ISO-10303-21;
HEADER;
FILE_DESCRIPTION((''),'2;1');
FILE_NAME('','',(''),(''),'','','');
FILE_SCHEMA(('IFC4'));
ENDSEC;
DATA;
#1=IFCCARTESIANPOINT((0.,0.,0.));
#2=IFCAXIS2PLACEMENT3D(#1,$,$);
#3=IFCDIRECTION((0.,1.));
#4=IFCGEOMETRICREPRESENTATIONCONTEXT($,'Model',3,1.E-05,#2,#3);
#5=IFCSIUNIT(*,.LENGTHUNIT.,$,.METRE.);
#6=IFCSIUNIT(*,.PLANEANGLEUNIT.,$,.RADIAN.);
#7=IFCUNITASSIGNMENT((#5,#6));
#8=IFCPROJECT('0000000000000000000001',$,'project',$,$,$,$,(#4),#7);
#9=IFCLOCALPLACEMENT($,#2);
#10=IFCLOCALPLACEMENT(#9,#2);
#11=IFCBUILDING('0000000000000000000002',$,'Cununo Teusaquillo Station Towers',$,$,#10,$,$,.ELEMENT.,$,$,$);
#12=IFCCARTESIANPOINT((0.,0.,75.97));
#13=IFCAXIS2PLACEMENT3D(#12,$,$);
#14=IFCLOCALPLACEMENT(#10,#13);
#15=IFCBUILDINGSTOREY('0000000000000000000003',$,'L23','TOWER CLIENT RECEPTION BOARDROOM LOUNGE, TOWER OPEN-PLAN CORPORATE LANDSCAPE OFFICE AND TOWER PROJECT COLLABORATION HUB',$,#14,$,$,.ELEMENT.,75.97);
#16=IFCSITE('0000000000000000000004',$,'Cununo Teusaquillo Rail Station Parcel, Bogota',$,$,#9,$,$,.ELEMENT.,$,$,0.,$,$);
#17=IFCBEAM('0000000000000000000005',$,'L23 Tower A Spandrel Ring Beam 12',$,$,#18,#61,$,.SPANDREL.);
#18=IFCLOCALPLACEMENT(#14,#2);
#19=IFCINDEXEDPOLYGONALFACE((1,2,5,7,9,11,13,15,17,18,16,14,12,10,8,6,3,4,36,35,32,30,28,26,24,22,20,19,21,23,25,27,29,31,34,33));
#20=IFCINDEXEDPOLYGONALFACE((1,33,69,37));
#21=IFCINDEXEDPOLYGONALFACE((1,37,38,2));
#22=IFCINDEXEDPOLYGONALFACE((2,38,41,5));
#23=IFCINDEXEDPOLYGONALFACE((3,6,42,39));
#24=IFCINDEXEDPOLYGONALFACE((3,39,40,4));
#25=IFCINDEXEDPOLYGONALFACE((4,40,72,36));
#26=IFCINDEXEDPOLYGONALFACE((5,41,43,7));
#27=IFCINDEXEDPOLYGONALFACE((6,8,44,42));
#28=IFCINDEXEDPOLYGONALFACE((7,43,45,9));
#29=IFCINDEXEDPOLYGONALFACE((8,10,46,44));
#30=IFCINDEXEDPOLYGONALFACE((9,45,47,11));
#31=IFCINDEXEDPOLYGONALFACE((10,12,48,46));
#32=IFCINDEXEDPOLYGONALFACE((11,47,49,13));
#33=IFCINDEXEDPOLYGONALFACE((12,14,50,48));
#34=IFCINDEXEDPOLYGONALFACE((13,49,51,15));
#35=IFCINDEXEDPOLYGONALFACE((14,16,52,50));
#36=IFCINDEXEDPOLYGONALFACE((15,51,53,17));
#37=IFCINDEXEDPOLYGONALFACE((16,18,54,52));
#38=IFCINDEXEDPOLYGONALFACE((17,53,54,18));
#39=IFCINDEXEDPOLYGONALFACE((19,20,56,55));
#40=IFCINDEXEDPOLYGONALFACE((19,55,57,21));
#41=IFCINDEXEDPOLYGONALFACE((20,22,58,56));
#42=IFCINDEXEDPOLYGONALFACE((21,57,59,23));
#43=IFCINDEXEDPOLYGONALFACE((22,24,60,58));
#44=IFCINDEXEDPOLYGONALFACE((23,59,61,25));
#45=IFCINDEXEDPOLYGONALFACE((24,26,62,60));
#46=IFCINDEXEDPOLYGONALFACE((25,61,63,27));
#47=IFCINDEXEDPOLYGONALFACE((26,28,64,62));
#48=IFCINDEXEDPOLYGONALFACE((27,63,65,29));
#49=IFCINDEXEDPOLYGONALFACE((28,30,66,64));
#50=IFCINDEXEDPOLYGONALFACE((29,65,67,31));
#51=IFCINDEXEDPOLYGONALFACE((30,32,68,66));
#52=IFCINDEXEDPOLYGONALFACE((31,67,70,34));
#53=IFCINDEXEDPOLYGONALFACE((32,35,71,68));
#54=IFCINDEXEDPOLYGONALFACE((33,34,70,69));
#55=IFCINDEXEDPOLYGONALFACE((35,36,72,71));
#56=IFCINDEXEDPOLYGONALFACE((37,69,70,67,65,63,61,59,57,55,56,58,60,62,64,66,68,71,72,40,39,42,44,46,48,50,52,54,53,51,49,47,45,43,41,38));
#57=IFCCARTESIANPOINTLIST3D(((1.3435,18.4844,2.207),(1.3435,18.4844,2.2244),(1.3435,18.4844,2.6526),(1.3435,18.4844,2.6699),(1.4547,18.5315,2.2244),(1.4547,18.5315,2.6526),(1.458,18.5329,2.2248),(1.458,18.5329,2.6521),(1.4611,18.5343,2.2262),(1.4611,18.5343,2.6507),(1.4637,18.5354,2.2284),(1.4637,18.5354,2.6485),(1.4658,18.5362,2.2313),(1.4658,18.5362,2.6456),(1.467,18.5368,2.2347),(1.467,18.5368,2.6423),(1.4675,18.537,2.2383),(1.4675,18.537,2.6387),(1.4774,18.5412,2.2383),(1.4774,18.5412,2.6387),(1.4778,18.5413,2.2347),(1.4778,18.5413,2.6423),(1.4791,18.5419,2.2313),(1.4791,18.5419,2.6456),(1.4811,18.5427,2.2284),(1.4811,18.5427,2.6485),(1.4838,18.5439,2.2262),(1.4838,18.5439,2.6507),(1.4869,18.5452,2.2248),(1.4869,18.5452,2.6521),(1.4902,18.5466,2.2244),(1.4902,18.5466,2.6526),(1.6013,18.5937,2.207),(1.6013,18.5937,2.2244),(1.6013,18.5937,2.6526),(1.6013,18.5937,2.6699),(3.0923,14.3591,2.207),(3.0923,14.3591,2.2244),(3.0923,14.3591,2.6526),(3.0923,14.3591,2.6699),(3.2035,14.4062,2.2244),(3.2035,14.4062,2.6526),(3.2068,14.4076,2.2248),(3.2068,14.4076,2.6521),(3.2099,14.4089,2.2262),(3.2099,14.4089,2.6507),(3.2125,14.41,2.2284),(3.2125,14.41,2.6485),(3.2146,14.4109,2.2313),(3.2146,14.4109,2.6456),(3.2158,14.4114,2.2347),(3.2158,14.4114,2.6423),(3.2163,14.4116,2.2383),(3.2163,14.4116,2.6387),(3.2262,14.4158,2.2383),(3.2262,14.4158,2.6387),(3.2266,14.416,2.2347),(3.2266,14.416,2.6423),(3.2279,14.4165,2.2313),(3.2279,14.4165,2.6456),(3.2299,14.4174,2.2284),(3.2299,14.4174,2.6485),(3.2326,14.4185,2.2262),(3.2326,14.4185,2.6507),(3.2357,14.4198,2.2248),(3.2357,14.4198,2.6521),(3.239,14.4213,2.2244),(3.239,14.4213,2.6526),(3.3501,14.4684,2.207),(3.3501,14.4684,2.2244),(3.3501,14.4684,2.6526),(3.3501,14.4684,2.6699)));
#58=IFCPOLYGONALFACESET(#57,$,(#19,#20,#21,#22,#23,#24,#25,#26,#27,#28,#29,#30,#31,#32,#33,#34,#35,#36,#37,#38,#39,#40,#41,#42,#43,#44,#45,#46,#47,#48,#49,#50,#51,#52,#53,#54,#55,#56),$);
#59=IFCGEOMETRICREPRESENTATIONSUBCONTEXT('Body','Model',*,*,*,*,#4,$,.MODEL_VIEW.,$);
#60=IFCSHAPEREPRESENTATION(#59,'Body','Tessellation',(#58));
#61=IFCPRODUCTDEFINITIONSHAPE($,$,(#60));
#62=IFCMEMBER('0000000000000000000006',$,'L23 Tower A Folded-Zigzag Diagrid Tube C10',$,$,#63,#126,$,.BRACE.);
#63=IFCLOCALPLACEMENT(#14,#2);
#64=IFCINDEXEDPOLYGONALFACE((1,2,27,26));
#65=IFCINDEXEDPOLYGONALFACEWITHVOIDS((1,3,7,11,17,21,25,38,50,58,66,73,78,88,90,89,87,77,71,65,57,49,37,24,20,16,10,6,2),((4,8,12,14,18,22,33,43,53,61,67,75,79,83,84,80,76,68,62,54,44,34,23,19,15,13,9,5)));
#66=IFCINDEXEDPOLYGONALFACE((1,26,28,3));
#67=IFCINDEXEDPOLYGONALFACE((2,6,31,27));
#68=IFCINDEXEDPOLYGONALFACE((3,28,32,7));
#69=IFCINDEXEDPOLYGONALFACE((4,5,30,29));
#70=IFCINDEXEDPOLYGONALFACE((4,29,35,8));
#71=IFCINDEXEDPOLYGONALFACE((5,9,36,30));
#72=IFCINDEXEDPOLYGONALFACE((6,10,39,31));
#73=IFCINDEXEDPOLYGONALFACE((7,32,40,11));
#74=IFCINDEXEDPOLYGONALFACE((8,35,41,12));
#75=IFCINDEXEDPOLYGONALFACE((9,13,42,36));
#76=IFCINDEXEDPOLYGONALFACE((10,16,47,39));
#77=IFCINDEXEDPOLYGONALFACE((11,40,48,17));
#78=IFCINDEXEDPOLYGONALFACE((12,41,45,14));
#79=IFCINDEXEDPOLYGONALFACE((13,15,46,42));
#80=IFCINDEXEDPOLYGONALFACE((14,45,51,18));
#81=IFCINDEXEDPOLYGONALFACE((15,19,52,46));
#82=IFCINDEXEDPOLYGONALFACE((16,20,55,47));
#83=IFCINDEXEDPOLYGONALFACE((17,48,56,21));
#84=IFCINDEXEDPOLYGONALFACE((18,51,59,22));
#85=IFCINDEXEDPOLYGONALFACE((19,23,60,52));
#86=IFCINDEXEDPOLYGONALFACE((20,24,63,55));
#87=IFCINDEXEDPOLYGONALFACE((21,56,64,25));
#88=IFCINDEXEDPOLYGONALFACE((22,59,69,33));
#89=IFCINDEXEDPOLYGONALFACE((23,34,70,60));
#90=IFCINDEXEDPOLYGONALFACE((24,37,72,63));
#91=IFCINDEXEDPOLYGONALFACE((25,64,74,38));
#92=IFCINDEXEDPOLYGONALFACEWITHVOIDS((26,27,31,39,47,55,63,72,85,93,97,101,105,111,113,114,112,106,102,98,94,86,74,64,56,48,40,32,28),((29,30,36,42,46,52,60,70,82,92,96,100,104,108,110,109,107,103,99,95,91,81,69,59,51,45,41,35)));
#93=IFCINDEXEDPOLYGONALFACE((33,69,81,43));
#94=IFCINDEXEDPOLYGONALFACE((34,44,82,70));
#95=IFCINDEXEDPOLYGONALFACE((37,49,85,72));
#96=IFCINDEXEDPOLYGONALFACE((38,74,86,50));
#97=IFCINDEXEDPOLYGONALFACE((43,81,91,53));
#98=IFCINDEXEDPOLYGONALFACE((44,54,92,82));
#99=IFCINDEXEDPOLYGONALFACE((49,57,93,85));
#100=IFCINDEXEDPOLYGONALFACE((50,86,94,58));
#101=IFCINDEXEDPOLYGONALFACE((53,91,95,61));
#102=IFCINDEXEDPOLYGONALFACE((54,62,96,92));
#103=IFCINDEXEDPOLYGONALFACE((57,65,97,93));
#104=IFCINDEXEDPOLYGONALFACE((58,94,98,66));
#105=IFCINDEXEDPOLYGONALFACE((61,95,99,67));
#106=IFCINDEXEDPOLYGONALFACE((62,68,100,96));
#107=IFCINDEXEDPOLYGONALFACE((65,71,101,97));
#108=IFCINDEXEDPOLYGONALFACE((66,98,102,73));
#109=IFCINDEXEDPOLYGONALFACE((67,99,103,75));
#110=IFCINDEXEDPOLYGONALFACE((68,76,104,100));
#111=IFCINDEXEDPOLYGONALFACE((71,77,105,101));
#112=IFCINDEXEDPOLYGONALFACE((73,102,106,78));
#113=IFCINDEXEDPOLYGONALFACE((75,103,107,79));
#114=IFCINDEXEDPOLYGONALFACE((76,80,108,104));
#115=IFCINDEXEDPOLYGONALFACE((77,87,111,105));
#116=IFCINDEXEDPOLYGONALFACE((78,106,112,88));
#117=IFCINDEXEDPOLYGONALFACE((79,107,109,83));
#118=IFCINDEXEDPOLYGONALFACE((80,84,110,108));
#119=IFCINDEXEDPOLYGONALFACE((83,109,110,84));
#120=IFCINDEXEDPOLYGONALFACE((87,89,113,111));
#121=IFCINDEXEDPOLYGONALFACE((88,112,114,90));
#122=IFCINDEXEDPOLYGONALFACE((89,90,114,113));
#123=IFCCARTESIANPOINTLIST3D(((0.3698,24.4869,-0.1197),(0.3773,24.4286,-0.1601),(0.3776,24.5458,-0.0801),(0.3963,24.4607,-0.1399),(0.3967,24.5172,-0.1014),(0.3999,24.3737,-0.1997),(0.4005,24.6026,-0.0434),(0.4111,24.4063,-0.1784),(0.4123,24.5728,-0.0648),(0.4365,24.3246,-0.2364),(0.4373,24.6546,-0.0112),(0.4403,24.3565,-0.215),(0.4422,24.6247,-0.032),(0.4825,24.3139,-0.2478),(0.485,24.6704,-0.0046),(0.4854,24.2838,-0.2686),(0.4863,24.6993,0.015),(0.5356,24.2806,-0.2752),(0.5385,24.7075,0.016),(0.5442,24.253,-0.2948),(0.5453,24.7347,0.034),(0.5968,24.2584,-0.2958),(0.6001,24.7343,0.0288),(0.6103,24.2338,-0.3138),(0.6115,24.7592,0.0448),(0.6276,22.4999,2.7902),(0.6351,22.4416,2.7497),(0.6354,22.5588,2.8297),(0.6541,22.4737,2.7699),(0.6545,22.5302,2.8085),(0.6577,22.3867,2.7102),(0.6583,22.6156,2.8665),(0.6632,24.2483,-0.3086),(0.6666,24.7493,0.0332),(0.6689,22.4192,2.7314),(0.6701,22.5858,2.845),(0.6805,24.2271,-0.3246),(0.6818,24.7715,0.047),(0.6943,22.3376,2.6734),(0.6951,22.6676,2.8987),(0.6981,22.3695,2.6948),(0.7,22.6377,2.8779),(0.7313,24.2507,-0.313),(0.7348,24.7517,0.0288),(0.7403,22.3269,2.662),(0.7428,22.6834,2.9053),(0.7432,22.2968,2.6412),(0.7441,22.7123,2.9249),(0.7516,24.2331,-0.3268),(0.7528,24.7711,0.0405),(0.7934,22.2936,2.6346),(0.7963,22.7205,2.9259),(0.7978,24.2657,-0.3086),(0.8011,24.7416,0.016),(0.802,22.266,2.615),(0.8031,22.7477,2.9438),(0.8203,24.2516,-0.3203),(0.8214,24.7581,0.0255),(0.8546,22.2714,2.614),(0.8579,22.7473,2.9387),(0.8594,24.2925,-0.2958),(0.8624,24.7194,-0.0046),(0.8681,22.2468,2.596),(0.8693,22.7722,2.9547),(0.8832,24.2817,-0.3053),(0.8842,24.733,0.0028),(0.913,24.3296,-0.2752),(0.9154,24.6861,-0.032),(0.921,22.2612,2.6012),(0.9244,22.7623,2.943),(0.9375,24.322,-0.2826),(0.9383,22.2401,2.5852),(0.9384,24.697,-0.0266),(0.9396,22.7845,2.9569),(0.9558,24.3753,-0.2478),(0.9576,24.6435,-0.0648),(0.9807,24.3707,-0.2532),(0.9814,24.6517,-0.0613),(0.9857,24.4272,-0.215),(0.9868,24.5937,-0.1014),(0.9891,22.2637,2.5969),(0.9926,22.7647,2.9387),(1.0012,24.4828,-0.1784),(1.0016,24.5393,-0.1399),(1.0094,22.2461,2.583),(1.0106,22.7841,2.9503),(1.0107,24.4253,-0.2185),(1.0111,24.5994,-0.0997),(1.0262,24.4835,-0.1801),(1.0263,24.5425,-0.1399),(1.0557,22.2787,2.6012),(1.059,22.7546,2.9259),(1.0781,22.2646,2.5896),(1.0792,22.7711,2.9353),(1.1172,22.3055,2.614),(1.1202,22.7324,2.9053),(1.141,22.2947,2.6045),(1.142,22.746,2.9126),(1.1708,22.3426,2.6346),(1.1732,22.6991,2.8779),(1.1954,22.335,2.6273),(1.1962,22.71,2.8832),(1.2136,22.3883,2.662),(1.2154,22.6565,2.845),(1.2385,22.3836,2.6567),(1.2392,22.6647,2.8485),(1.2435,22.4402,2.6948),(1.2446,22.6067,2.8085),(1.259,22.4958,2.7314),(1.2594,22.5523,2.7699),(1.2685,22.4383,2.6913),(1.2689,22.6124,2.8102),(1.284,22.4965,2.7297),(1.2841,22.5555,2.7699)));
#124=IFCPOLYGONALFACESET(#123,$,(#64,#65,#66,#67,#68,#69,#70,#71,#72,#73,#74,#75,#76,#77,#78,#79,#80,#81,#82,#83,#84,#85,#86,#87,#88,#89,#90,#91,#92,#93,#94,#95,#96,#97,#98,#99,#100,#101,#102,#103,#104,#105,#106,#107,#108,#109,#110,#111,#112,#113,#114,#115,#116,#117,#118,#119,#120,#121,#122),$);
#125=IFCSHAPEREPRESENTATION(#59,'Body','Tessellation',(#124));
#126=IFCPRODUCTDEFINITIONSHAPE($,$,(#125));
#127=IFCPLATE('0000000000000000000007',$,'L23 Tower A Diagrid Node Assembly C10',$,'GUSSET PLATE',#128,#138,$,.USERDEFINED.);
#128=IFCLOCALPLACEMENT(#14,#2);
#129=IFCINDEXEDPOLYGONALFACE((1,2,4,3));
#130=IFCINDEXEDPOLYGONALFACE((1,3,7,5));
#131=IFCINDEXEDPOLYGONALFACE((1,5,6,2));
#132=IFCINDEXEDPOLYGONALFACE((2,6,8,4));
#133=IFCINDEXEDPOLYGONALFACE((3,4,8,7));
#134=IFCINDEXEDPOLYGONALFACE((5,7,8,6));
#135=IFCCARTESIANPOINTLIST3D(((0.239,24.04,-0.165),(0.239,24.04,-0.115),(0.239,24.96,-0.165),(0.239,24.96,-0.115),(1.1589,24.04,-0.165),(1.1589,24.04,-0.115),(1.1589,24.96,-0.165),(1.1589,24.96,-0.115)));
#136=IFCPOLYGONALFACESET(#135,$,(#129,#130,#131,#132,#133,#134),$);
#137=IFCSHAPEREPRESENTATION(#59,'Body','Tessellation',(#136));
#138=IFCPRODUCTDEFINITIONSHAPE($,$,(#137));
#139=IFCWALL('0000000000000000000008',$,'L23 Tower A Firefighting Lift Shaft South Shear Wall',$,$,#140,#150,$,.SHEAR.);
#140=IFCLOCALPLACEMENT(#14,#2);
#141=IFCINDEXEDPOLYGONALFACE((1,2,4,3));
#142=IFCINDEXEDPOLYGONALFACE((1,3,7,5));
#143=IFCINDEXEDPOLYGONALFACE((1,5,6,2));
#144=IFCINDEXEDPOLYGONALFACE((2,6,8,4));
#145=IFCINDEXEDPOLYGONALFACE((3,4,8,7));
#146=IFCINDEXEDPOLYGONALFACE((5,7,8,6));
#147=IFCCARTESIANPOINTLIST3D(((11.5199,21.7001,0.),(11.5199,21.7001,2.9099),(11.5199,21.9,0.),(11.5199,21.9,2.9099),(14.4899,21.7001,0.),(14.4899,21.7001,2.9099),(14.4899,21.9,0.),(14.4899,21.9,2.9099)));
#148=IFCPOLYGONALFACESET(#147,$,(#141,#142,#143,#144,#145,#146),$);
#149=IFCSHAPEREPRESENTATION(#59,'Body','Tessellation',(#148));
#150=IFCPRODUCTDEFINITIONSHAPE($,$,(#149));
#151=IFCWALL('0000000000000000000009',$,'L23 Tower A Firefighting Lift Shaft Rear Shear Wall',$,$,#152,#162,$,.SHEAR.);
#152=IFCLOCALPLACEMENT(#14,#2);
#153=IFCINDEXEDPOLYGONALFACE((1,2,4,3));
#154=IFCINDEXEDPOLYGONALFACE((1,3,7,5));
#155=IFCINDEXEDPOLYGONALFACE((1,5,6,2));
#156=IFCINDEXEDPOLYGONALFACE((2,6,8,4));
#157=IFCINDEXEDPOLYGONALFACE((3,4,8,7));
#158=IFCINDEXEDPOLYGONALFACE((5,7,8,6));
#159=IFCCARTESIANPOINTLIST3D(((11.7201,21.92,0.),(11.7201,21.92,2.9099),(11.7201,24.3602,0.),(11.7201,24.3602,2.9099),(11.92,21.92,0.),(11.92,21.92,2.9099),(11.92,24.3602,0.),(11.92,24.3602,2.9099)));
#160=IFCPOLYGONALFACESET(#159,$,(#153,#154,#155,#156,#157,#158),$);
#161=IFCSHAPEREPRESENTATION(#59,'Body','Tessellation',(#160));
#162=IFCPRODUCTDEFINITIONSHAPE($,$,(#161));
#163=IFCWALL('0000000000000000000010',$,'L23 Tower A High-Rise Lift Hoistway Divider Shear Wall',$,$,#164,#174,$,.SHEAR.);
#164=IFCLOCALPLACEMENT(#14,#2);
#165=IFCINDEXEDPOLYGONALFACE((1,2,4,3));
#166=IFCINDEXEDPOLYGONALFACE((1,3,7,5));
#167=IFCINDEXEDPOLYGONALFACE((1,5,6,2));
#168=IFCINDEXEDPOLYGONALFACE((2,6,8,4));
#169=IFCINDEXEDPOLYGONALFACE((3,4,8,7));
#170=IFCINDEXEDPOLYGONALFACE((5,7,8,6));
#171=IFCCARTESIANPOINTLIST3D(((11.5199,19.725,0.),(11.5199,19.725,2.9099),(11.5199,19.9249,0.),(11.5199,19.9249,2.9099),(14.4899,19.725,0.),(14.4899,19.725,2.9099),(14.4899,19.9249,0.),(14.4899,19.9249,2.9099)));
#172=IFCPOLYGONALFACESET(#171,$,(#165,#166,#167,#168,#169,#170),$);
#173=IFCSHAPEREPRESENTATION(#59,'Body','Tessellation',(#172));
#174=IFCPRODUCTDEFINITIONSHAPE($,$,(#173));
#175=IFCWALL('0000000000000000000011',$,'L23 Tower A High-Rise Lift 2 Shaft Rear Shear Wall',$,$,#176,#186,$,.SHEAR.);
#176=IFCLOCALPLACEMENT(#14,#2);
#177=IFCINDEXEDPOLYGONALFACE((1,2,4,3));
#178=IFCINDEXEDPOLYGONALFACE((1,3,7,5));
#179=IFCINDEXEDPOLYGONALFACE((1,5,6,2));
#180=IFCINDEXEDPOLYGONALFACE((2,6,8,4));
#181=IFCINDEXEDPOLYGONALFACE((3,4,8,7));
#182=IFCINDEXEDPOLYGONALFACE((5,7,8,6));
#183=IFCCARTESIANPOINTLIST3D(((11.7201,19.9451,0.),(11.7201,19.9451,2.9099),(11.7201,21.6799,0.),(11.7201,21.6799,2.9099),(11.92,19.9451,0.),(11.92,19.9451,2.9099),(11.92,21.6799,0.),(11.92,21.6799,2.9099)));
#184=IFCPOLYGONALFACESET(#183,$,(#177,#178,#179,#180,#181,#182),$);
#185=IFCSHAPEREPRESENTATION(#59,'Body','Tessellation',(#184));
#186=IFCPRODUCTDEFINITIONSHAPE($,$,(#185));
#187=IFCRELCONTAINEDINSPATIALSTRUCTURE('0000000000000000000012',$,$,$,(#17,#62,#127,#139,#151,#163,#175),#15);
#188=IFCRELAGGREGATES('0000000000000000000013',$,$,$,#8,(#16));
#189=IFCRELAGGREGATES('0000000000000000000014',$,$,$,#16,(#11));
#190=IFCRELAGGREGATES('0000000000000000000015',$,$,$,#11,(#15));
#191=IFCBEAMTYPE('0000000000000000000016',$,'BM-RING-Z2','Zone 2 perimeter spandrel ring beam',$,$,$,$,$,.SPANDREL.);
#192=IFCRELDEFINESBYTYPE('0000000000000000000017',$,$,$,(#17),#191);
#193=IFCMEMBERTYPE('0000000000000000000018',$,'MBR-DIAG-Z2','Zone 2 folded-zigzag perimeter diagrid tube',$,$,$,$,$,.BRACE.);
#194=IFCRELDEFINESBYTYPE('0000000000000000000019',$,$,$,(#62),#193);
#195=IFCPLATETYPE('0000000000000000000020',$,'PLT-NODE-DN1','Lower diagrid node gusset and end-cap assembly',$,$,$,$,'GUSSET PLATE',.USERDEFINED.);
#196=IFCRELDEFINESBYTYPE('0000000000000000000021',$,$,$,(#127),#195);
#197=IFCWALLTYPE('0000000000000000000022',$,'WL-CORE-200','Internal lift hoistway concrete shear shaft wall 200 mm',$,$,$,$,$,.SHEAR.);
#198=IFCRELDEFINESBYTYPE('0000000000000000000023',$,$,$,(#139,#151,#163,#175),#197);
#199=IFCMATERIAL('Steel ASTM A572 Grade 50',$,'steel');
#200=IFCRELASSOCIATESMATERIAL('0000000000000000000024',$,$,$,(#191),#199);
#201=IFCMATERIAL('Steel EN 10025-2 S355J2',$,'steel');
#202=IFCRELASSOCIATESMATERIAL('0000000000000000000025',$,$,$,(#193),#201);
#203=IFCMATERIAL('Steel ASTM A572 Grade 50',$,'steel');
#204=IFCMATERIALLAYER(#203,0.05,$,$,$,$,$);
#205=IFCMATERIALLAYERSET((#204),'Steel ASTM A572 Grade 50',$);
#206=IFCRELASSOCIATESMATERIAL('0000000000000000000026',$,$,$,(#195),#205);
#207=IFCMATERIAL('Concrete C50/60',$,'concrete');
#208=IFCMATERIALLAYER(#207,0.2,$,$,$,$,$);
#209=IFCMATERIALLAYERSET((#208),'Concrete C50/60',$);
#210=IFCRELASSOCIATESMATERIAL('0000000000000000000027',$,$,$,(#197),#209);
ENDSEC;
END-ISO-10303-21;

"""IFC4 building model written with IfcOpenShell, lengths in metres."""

from ifc_helpers import new_model, si_unit, direction, frame, frame_2d, origin, origin_2d, place, context, subcontext, project, spatial, rectangle, hollow_circle, i_section, extrude, source, transform, mapped, material, layer, layer_set, material_profile, profile_set, type_object, element, save


model = new_model("IFC4")

# Units and contexts
model_context = context("Model", 3, precision=1e-05, world=origin(), true_north=direction((0.0, 1.0)))
body_context = subcontext(model_context, "Body", "Model", "MODEL_VIEW")
ifc_project = project(units=[si_unit("LENGTHUNIT", "METRE"), si_unit("PLANEANGLEUNIT", "RADIAN")], contexts=[model_context])

# Site, building, storey
site_placement = place(None, origin())
site = spatial("IfcSite", under=ifc_project, at=site_placement, Name="Cununo Teusaquillo Rail Station Parcel, Bogota", CompositionType="ELEMENT", RefElevation=0.0)
building_placement = place(site_placement, origin())
building = spatial("IfcBuilding", under=site, at=building_placement, Name="Cununo Teusaquillo Station Towers", CompositionType="ELEMENT")
storey_placement = place(building_placement, frame((0.0, 0.0, 75.97)))
storey = spatial("IfcBuildingStorey", under=building, at=storey_placement, Name="L23", Description="TOWER CLIENT RECEPTION BOARDROOM LOUNGE, TOWER OPEN-PLAN CORPORATE LANDSCAPE OFFICE AND TOWER PROJECT COLLABORATION HUB", CompositionType="ELEMENT", Elevation=75.97)

# Beam
ifc_material_1 = material(Name="Steel ASTM A572 Grade 50", Category="steel")
ifc_material_profile_1 = material_profile(ifc_material_1, i_section(OverallWidth=0.28, OverallDepth=0.4629, WebThickness=0.0107, FlangeThickness=0.0173, FilletRadius=0.0139, at=origin_2d()), Name="W18X76")
ifc_profile_set_1 = profile_set([ifc_material_profile_1], Name="Steel ASTM A572 Grade 50")
beam_type_1 = type_object("IfcBeamType", Name="BM-RING-Z2", Description="Zone 2 perimeter spandrel ring beam", PredefinedType="SPANDREL", material=ifc_profile_set_1)
beam_1_placement = place(storey_placement, frame((1.4724, 18.5391, 2.4385), z_axis=(0.390299, -0.920688, 0.0), x_axis=(0.920688, 0.390299, 0.0)))
element("IfcBeam", 1, at=beam_1_placement, inside=storey, type_object=beam_type_1, Name="L23 Tower A Spandrel Ring Beam 12", PredefinedType="SPANDREL", context=body_context, shape_type="SweptSolid", body=[
    extrude(i_section(OverallWidth=0.28, OverallDepth=0.4629, WebThickness=0.0107, FlangeThickness=0.0173, FilletRadius=0.0139, at=origin_2d()), origin(), (0.0, 0.0, 1.0), 4.4807),
])

# Member
ifc_material_2 = material(Name="Steel EN 10025-2 S355J2", Category="steel")
ifc_material_profile_2 = material_profile(ifc_material_2, hollow_circle(Radius=0.3301, WallThickness=0.0249, at=origin_2d()), Name="CHS 660x25")
ifc_profile_set_2 = profile_set([ifc_material_profile_2], Name="Steel EN 10025-2 S355J2")
member_type = type_object("IfcMemberType", Name="MBR-DIAG-Z2", Description="Zone 2 folded-zigzag perimeter diagrid tube", PredefinedType="BRACE", material=ifc_profile_set_2)
member_placement = place(storey_placement, frame((0.699, 24.5, -0.1399), z_axis=(0.072972, -0.56242, 0.823625), x_axis=(0.991688, 0.128667, 0.0)))
element("IfcMember", 2, at=member_placement, inside=storey, type_object=member_type, Name="L23 Tower A Folded-Zigzag Diagrid Tube C10", PredefinedType="BRACE", context=body_context, shape_type="SweptSolid", body=[
    extrude(hollow_circle(Radius=0.3301, WallThickness=0.0249, at=origin_2d()), origin(), (0.0, 0.0, 1.0), 3.533),
])

# Plate
ifc_material_3 = material(Name="Steel ASTM A572 Grade 50", Category="steel")
ifc_layer_1 = layer(ifc_material_3, 0.05)
ifc_layer_set_1 = layer_set([ifc_layer_1], Name="Steel ASTM A572 Grade 50")
plate_type = type_object("IfcPlateType", Name="PLT-NODE-DN1", Description="Lower diagrid node gusset and end-cap assembly", ElementType="GUSSET PLATE", PredefinedType="USERDEFINED", material=ifc_layer_set_1)
shared_shape_1 = source(origin(), body_context, "Body", "SweptSolid", [
    extrude(rectangle(XDim=0.9199, YDim=0.9199, at=origin_2d()), origin(), (0.0, 0.0, 1.0), 0.05),
])
plate_placement = place(storey_placement, frame((0.699, 24.5, -0.165), z_axis=(0.0, 0.0, 1.0), x_axis=(1.0, 0.0, 0.0)))
element("IfcPlate", 3, at=plate_placement, inside=storey, type_object=plate_type, Name="L23 Tower A Diagrid Node Assembly C10", ObjectType="GUSSET PLATE", PredefinedType="USERDEFINED", context=body_context, shape_type="MappedRepresentation", body=[
    mapped(shared_shape_1, transform((0.0, 0.0, 0.0), x_axis=(1.0, 0.0, 0.0), y_axis=(0.0, 1.0, 0.0), z_axis=(0.0, 0.0, 1.0), scale=1.0)),
])

# Walls
ifc_material_4 = material(Name="Concrete C50/60", Category="concrete")
ifc_layer_2 = layer(ifc_material_4, 0.2)
ifc_layer_set_2 = layer_set([ifc_layer_2], Name="Concrete C50/60")
wall_type_1 = type_object("IfcWallType", Name="WL-CORE-200", Description="Internal lift hoistway concrete shear shaft wall 200 mm", PredefinedType="SHEAR", material=ifc_layer_set_2)
wall_1_placement = place(storey_placement, frame((11.52, 21.8, 0.0), z_axis=(0.0, 0.0, 1.0), x_axis=(1.0, 0.0, 0.0)))
element("IfcWall", 4, at=wall_1_placement, inside=storey, type_object=wall_type_1, Name="L23 Tower A Firefighting Lift Shaft South Shear Wall", PredefinedType="SHEAR", context=body_context, shape_type="SweptSolid", body=[
    extrude(rectangle(XDim=2.97, YDim=0.2, at=frame_2d((1.4849, 0.0))), origin(), (0.0, 0.0, 1.0), 2.9099),
])
wall_2_placement = place(storey_placement, frame((11.8201, 21.9199, 0.0), z_axis=(0.0, 0.0, 1.0), x_axis=(0.0, 1.0, 0.0)))
element("IfcWall", 5, at=wall_2_placement, inside=storey, type_object=wall_type_1, Name="L23 Tower A Firefighting Lift Shaft Rear Shear Wall", PredefinedType="SHEAR", context=body_context, shape_type="SweptSolid", body=[
    extrude(rectangle(XDim=2.4402, YDim=0.2, at=frame_2d((1.2202, 0.0))), origin(), (0.0, 0.0, 1.0), 2.9099),
])
wall_3_placement = place(storey_placement, frame((11.52, 19.825, 0.0), z_axis=(0.0, 0.0, 1.0), x_axis=(1.0, 0.0, 0.0)))
element("IfcWall", 6, at=wall_3_placement, inside=storey, type_object=wall_type_1, Name="L23 Tower A High-Rise Lift Hoistway Divider Shear Wall", PredefinedType="SHEAR", context=body_context, shape_type="SweptSolid", body=[
    extrude(rectangle(XDim=2.97, YDim=0.2, at=frame_2d((1.4849, 0.0))), origin(), (0.0, 0.0, 1.0), 2.9099),
])
wall_4_placement = place(storey_placement, frame((11.8201, 19.9451, 0.0), z_axis=(0.0, 0.0, 1.0), x_axis=(0.0, 1.0, 0.0)))
element("IfcWall", 7, at=wall_4_placement, inside=storey, type_object=wall_type_1, Name="L23 Tower A High-Rise Lift 2 Shaft Rear Shear Wall", PredefinedType="SHEAR", context=body_context, shape_type="SweptSolid", body=[
    extrude(rectangle(XDim=1.7349, YDim=0.2, at=frame_2d((0.8674, 0.0))), origin(), (0.0, 0.0, 1.0), 2.9099),
])

save(model, "model.ifc")
